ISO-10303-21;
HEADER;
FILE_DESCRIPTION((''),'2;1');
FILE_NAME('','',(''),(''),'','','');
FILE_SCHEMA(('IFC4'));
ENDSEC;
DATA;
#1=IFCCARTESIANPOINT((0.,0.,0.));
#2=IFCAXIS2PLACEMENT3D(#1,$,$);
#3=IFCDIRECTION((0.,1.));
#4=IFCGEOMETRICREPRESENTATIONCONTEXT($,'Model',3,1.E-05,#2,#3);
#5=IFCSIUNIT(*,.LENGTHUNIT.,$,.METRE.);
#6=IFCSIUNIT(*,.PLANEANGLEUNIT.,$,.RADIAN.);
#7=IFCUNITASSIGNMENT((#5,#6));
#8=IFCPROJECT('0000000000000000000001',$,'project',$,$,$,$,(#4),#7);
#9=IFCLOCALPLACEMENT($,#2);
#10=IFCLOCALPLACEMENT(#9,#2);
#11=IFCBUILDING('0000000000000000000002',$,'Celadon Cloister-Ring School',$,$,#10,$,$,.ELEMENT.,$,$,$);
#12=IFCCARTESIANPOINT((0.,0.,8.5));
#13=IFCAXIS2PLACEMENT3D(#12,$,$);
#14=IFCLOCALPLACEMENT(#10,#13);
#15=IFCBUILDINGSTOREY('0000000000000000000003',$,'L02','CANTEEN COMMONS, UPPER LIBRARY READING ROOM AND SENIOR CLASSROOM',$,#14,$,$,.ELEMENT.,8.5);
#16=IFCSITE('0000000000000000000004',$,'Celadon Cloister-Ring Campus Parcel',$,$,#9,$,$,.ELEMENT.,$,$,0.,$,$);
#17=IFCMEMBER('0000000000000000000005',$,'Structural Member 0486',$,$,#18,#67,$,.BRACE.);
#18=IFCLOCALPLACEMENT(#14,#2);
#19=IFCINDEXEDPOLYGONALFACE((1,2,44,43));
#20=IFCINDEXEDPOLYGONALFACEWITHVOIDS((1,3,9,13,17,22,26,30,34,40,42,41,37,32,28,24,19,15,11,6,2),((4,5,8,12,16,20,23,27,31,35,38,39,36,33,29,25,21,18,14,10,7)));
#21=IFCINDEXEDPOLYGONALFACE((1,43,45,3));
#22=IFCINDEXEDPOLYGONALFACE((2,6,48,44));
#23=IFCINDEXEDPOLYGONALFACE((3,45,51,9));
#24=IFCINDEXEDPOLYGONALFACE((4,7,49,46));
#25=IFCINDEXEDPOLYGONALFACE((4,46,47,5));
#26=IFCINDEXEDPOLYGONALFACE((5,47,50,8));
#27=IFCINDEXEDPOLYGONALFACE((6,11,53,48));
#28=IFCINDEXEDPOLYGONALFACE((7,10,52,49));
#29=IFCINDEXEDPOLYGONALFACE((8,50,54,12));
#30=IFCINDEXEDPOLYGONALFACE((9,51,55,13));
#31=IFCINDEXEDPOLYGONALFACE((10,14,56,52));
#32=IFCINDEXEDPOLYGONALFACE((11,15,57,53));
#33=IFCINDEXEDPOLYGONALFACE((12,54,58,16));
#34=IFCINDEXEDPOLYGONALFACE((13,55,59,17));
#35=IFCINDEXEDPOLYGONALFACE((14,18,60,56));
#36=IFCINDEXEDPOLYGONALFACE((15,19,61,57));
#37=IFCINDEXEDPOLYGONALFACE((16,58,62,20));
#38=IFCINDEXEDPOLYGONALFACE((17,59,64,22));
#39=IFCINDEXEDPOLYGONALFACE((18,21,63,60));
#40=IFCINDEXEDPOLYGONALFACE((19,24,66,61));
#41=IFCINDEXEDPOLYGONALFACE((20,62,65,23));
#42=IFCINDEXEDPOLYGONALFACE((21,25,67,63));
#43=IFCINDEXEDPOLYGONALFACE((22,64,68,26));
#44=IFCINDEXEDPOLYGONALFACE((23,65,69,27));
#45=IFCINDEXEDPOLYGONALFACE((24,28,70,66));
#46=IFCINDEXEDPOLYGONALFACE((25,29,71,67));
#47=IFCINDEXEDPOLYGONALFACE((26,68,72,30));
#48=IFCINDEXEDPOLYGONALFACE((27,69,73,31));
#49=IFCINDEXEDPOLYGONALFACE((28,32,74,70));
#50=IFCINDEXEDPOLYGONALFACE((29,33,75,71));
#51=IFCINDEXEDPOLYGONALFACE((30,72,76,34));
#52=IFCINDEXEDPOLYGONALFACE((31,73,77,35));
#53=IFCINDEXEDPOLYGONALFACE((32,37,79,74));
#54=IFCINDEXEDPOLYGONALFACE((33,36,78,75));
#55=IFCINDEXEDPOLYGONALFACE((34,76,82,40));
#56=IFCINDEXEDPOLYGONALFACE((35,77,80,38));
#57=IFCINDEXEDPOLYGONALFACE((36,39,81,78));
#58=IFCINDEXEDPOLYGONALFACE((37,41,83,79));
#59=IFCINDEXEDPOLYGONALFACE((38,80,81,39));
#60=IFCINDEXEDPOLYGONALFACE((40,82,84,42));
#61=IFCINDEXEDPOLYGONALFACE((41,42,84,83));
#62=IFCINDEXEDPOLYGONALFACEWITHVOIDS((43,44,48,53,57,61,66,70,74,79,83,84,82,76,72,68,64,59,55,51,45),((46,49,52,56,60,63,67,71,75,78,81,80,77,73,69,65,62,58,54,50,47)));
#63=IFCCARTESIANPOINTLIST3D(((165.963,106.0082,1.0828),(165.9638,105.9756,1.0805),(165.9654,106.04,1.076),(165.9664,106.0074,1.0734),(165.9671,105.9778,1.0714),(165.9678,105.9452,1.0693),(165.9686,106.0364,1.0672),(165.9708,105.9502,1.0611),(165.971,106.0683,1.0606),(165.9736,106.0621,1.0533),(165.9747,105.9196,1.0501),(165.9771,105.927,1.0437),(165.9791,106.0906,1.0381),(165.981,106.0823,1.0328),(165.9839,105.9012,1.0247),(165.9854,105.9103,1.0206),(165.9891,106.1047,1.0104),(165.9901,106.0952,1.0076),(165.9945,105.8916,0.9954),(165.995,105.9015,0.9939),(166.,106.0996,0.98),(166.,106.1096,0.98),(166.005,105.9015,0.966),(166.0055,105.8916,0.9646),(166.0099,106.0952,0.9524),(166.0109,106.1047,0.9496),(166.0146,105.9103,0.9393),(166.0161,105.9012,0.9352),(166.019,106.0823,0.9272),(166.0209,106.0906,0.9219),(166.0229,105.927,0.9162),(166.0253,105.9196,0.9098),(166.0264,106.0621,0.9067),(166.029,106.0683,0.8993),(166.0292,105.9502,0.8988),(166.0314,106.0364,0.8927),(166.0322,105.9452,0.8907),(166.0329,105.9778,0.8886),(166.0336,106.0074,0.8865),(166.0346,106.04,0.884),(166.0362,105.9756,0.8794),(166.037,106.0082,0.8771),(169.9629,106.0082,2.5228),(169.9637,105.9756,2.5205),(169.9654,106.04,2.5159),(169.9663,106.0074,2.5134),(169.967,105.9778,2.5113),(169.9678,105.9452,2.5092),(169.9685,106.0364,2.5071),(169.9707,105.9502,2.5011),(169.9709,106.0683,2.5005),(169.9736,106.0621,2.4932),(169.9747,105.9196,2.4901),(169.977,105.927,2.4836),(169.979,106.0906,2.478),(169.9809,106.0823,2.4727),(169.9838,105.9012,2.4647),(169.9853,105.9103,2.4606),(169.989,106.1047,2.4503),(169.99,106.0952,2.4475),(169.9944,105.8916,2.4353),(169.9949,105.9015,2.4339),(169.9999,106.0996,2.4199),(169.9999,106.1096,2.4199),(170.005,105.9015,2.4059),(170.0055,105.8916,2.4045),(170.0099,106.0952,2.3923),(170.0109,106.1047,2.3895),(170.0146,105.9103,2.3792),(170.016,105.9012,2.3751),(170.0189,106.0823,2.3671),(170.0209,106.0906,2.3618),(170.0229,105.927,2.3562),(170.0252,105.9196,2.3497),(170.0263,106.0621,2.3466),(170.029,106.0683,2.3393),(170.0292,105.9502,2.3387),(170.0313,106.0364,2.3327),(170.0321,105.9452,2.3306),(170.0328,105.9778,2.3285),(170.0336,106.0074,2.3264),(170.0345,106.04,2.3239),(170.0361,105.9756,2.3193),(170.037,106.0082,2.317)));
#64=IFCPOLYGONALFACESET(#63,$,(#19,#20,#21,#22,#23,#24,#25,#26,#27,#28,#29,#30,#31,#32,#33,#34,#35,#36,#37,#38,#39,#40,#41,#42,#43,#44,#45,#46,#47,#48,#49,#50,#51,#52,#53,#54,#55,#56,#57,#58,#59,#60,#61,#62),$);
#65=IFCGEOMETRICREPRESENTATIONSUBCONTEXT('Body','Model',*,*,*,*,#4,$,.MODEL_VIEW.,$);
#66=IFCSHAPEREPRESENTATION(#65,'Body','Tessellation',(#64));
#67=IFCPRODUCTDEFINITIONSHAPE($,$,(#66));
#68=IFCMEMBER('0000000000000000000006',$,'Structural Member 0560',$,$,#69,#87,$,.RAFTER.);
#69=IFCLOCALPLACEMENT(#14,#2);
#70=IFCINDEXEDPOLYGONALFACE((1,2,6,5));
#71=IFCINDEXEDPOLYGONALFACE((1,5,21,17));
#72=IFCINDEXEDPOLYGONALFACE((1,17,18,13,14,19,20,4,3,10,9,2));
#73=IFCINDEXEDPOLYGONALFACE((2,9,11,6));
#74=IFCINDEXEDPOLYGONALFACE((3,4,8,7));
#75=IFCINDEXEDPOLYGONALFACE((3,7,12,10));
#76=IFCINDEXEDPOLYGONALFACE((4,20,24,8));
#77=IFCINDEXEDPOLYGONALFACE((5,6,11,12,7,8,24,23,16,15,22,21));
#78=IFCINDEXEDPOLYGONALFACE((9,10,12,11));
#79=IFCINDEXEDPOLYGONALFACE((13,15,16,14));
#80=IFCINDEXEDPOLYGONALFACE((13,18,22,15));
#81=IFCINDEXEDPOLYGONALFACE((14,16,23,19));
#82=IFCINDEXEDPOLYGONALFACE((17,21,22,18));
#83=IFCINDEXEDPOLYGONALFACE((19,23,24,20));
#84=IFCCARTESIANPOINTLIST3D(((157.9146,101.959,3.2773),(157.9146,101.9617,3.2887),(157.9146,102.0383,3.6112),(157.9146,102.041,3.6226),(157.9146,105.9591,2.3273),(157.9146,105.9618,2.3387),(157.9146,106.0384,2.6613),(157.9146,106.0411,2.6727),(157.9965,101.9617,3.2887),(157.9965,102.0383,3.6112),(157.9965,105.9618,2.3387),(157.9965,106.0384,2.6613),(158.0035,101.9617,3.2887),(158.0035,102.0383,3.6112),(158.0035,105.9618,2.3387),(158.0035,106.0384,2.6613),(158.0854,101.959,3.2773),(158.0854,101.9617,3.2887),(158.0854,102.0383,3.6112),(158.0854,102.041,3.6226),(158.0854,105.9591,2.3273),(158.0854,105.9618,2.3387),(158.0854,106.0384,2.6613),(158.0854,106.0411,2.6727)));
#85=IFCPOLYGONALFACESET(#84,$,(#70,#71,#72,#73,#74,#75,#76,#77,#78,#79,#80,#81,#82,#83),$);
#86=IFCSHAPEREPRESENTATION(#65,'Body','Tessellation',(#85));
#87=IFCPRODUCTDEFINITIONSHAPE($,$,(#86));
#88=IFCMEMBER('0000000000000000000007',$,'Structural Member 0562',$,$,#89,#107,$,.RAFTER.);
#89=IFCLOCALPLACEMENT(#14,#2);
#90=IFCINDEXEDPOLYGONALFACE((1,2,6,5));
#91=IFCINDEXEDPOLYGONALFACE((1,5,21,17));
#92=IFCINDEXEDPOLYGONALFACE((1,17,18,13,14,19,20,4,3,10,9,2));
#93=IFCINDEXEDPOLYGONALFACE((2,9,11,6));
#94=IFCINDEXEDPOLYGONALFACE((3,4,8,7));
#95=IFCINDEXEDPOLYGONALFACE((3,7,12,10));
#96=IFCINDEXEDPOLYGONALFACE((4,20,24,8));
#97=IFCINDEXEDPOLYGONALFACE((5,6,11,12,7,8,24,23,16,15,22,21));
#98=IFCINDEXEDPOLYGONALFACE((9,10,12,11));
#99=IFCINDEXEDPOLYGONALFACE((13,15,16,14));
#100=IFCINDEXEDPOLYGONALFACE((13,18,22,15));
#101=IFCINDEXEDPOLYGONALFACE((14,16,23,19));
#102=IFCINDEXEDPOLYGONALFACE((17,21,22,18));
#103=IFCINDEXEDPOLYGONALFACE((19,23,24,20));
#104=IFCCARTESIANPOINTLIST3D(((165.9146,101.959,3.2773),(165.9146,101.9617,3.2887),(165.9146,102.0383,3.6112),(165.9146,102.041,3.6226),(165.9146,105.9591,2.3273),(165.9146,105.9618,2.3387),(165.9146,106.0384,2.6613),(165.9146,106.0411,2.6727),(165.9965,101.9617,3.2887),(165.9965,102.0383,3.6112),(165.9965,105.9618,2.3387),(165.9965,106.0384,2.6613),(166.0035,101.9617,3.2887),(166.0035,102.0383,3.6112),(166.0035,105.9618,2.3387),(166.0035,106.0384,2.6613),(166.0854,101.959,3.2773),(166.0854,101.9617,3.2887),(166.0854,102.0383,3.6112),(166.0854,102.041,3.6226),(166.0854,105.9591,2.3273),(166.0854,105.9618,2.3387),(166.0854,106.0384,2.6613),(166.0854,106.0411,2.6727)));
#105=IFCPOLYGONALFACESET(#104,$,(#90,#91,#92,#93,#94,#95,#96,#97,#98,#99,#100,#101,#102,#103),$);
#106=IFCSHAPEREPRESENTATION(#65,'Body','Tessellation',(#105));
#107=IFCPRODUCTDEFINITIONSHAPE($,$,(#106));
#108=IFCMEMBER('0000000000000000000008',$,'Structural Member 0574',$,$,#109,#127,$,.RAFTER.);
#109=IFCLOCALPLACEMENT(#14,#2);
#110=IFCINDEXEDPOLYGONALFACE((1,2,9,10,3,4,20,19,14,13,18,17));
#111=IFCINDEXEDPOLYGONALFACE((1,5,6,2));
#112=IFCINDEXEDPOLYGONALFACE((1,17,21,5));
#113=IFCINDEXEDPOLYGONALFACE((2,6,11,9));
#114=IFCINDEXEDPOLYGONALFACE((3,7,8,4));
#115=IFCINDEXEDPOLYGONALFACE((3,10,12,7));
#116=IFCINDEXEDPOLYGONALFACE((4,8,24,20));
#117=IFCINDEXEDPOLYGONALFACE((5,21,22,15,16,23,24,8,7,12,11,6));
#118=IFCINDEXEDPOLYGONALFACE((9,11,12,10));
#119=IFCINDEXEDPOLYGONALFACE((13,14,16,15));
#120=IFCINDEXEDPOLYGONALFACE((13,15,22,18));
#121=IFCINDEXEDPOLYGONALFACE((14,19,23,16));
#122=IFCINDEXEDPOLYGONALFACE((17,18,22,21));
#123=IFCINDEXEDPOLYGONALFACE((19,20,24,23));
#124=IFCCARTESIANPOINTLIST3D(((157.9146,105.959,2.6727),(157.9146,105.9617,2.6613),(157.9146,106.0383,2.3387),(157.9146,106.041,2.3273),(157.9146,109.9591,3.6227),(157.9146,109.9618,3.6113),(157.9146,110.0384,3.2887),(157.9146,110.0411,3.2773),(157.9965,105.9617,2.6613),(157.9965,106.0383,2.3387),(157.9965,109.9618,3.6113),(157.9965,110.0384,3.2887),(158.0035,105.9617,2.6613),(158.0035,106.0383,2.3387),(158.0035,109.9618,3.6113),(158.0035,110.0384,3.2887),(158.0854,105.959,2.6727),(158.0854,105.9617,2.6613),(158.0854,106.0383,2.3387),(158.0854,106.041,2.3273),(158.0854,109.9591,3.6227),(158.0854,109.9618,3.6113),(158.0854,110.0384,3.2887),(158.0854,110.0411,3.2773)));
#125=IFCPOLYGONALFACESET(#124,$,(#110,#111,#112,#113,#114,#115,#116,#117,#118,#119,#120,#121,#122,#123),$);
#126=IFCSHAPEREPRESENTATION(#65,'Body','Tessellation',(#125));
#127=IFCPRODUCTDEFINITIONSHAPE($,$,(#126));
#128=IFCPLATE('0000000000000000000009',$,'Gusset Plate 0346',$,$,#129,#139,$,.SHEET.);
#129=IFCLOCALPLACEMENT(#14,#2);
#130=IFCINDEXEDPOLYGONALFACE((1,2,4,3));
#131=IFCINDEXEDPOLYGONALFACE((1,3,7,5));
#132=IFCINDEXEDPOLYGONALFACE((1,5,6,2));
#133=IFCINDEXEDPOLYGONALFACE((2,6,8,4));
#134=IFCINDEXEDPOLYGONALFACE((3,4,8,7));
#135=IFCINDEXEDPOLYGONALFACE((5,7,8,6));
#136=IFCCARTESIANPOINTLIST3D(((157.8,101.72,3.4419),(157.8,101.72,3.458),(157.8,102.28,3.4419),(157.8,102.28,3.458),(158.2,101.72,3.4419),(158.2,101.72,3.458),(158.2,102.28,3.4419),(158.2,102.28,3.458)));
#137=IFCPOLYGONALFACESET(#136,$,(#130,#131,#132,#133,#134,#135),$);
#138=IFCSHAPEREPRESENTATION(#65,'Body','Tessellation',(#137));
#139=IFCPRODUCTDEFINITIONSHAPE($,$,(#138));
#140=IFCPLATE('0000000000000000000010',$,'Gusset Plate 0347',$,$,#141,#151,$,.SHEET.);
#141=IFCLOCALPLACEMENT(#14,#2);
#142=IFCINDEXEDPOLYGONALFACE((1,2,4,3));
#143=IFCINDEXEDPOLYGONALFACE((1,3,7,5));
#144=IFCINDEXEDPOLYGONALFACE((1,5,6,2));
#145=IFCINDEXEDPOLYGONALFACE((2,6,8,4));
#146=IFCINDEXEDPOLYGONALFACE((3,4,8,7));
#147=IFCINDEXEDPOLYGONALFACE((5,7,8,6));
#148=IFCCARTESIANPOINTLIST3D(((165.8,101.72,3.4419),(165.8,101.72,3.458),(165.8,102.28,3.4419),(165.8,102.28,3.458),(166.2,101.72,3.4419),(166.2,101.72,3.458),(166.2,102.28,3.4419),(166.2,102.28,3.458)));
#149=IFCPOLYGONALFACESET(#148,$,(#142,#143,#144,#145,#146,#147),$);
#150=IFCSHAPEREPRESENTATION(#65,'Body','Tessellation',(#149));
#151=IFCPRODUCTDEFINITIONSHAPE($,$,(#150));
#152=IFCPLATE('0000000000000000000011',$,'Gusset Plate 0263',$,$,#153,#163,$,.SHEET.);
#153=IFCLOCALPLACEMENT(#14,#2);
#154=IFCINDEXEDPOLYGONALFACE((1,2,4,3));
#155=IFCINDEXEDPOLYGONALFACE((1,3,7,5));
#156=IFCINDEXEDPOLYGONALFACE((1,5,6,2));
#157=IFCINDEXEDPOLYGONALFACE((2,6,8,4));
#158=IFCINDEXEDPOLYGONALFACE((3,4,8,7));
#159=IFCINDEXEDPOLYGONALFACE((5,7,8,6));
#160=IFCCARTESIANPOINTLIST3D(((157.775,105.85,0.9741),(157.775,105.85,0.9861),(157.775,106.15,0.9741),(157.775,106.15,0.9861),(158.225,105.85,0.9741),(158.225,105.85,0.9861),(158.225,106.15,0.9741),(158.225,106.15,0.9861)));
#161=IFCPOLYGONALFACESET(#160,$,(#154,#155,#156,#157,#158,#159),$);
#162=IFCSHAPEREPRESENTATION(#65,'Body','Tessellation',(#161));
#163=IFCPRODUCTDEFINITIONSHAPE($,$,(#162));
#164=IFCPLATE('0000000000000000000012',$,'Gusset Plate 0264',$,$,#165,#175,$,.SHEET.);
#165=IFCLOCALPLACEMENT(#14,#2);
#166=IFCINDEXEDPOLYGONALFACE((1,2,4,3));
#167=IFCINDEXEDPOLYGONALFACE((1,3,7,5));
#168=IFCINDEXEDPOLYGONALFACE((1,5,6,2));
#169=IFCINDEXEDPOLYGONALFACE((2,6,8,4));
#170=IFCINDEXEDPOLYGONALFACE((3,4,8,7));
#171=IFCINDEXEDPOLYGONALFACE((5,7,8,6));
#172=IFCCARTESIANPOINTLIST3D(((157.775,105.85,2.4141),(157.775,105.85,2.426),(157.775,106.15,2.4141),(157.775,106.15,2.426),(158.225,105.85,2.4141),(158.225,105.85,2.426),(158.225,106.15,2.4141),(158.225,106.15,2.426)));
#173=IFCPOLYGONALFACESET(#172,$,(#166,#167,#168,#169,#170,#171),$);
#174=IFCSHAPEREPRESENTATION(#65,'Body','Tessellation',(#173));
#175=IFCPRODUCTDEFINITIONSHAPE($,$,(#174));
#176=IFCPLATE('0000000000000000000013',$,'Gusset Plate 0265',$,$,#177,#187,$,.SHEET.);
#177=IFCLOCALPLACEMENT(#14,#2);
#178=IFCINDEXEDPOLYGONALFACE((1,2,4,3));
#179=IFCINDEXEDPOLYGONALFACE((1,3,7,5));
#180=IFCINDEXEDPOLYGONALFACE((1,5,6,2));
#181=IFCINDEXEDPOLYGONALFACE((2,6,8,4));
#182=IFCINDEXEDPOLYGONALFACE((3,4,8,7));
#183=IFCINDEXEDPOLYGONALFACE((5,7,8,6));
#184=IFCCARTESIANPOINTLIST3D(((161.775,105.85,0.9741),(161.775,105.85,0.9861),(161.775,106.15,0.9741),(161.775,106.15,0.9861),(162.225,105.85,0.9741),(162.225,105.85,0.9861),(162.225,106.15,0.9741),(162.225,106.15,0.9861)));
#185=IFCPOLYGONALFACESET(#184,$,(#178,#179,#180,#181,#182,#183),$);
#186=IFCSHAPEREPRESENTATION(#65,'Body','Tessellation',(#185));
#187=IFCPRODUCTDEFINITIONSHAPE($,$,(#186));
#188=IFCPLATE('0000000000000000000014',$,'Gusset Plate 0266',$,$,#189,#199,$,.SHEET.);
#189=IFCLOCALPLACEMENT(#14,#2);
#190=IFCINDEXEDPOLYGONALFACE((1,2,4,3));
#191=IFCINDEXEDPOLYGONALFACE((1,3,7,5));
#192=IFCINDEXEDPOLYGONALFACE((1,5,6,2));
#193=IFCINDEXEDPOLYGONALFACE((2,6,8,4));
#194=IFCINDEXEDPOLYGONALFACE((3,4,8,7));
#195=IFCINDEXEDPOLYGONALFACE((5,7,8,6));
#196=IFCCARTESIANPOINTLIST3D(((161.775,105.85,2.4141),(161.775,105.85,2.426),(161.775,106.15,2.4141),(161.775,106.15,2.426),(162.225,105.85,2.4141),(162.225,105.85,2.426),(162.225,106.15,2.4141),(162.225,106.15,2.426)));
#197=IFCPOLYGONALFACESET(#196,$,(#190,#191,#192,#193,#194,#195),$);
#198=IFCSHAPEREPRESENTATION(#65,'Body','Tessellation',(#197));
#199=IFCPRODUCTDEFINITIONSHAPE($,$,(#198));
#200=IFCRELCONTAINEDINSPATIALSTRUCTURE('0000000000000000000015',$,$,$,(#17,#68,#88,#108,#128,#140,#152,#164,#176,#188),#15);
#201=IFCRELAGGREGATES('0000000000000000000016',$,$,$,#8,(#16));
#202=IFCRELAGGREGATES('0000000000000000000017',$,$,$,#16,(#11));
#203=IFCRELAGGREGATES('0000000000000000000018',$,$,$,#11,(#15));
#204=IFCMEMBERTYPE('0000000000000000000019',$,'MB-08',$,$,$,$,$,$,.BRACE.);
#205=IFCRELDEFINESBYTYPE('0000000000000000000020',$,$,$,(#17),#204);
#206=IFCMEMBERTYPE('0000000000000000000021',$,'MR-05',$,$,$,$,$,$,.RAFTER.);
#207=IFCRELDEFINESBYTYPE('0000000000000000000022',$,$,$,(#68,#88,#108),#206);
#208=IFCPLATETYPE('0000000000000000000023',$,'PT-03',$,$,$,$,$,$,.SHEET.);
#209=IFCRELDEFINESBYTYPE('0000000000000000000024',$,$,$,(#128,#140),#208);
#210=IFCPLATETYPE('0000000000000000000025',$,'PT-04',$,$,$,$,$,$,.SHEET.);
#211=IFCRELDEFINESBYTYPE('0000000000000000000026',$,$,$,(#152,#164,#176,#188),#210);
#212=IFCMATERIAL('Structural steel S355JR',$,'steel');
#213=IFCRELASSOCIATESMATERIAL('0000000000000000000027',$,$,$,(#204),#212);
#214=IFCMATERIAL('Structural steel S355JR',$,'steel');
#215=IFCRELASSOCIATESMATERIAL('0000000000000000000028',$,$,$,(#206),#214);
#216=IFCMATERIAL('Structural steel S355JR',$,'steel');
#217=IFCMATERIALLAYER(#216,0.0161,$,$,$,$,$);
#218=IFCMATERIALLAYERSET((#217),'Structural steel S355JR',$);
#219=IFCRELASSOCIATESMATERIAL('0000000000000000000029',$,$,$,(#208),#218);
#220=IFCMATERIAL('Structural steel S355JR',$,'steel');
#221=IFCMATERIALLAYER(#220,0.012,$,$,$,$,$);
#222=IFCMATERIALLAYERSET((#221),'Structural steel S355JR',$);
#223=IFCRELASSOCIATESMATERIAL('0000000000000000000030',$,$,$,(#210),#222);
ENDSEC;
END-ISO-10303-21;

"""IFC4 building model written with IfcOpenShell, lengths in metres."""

from ifc_helpers import new_model, si_unit, direction, frame, origin, origin_2d, place, context, subcontext, project, spatial, rectangle, hollow_circle, i_section, extrude, material, layer, layer_set, material_profile, profile_set, type_object, element, save


model = new_model("IFC4")

# Units and contexts
model_context = context("Model", 3, precision=1e-05, world=origin(), true_north=direction((0.0, 1.0)))
body_context = subcontext(model_context, "Body", "Model", "MODEL_VIEW")
ifc_project = project(units=[si_unit("LENGTHUNIT", "METRE"), si_unit("PLANEANGLEUNIT", "RADIAN")], contexts=[model_context])

# Site, building, storey
site_placement = place(None, origin())
site = spatial("IfcSite", under=ifc_project, at=site_placement, Name="Celadon Cloister-Ring Campus Parcel", CompositionType="ELEMENT", RefElevation=0.0)
building_placement = place(site_placement, origin())
building = spatial("IfcBuilding", under=site, at=building_placement, Name="Celadon Cloister-Ring School", CompositionType="ELEMENT")
storey_placement = place(building_placement, frame((0.0, 0.0, 8.5)))
storey = spatial("IfcBuildingStorey", under=building, at=storey_placement, Name="L02", Description="CANTEEN COMMONS, UPPER LIBRARY READING ROOM AND SENIOR CLASSROOM", CompositionType="ELEMENT", Elevation=8.5)

# Members
ifc_material_1 = material(Name="Structural steel S355JR", Category="steel")
ifc_material_profile_1 = material_profile(ifc_material_1, hollow_circle(Radius=0.1096, WallThickness=0.01, at=origin_2d()), Name="CHS219.1X10")
ifc_profile_set_1 = profile_set([ifc_material_profile_1], Name="Structural steel S355JR")
member_type_1 = type_object("IfcMemberType", Name="MB-08", PredefinedType="BRACE", material=ifc_profile_set_1)
for number, where, z_axis, x_axis, name in (
    (1, (166.0, 106.0, 0.98), (0.940892, 0.0, 0.338707), (0.0, 1.0, 0.0), "Structural Member 0486"),
):
    element("IfcMember", number, at=place(storey_placement, frame(where, z_axis=z_axis, x_axis=x_axis)), inside=storey, type_object=member_type_1, Name=name, PredefinedType="BRACE", context=body_context, shape_type="SweptSolid", body=[
        extrude(hollow_circle(Radius=0.1096, WallThickness=0.01, at=origin_2d()), origin(), (0.0, 0.0, 1.0), 4.2512),
    ])
ifc_material_2 = material(Name="Structural steel S355JR", Category="steel")
ifc_material_profile_2 = material_profile(ifc_material_2, i_section(OverallWidth=0.1709, OverallDepth=0.355, WebThickness=0.0071, FlangeThickness=0.0117, at=origin_2d()), Name="W360X51")
ifc_profile_set_2 = profile_set([ifc_material_profile_2], Name="Structural steel S355JR")
member_type_2 = type_object("IfcMemberType", Name="MR-05", PredefinedType="RAFTER", material=ifc_profile_set_2)
for number, where, z_axis, x_axis, name in (
    (2, (158.0, 102.0, 3.45), (0.0, 0.972939, -0.231061), (-1.0, 0.0, 0.0), "Structural Member 0560"),
    (3, (166.0, 102.0, 3.45), (0.0, 0.972939, -0.231061), (-1.0, 0.0, 0.0), "Structural Member 0562"),
    (4, (158.0, 106.0, 2.5), (0.0, 0.972939, 0.231061), (-1.0, 0.0, 0.0), "Structural Member 0574"),
):
    element("IfcMember", number, at=place(storey_placement, frame(where, z_axis=z_axis, x_axis=x_axis)), inside=storey, type_object=member_type_2, Name=name, PredefinedType="RAFTER", context=body_context, shape_type="SweptSolid", body=[
        extrude(i_section(OverallWidth=0.1709, OverallDepth=0.355, WebThickness=0.0071, FlangeThickness=0.0117, at=origin_2d()), origin(), (0.0, 0.0, 1.0), 4.1113),
    ])

# Plates
ifc_material_3 = material(Name="Structural steel S355JR", Category="steel")
ifc_layer_1 = layer(ifc_material_3, 0.0161)
ifc_layer_set_1 = layer_set([ifc_layer_1], Name="Structural steel S355JR")
plate_type_1 = type_object("IfcPlateType", Name="PT-03", PredefinedType="SHEET", material=ifc_layer_set_1)
for number, where, z_axis, x_axis, name in (
    (5, (158.0, 102.0, 3.4419), (0.0, 0.0, 1.0), (0.0, 1.0, 0.0), "Gusset Plate 0346"),
    (6, (166.0, 102.0, 3.4419), (0.0, 0.0, 1.0), (0.0, 1.0, 0.0), "Gusset Plate 0347"),
):
    element("IfcPlate", number, at=place(storey_placement, frame(where, z_axis=z_axis, x_axis=x_axis)), inside=storey, type_object=plate_type_1, Name=name, PredefinedType="SHEET", context=body_context, shape_type="SweptSolid", body=[
        extrude(rectangle(XDim=0.5601, YDim=0.3999, at=origin_2d()), origin(), (0.0, 0.0, 1.0), 0.0161),
    ])
ifc_material_4 = material(Name="Structural steel S355JR", Category="steel")
ifc_layer_2 = layer(ifc_material_4, 0.012)
ifc_layer_set_2 = layer_set([ifc_layer_2], Name="Structural steel S355JR")
plate_type_2 = type_object("IfcPlateType", Name="PT-04", PredefinedType="SHEET", material=ifc_layer_set_2)
for number, where, z_axis, x_axis, name in (
    (7, (158.0, 106.0, 0.9741), (0.0, 0.0, 1.0), (1.0, 0.0, 0.0), "Gusset Plate 0263"),
    (8, (158.0, 106.0, 2.4141), (0.0, 0.0, 1.0), (1.0, 0.0, 0.0), "Gusset Plate 0264"),
    (9, (162.0, 106.0, 0.9741), (0.0, 0.0, 1.0), (1.0, 0.0, 0.0), "Gusset Plate 0265"),
    (10, (162.0, 106.0, 2.4141), (0.0, 0.0, 1.0), (1.0, 0.0, 0.0), "Gusset Plate 0266"),
):
    element("IfcPlate", number, at=place(storey_placement, frame(where, z_axis=z_axis, x_axis=x_axis)), inside=storey, type_object=plate_type_2, Name=name, PredefinedType="SHEET", context=body_context, shape_type="SweptSolid", body=[
        extrude(rectangle(XDim=0.45, YDim=0.3, at=origin_2d()), origin(), (0.0, 0.0, 1.0), 0.012),
    ])

save(model, "model.ifc")
